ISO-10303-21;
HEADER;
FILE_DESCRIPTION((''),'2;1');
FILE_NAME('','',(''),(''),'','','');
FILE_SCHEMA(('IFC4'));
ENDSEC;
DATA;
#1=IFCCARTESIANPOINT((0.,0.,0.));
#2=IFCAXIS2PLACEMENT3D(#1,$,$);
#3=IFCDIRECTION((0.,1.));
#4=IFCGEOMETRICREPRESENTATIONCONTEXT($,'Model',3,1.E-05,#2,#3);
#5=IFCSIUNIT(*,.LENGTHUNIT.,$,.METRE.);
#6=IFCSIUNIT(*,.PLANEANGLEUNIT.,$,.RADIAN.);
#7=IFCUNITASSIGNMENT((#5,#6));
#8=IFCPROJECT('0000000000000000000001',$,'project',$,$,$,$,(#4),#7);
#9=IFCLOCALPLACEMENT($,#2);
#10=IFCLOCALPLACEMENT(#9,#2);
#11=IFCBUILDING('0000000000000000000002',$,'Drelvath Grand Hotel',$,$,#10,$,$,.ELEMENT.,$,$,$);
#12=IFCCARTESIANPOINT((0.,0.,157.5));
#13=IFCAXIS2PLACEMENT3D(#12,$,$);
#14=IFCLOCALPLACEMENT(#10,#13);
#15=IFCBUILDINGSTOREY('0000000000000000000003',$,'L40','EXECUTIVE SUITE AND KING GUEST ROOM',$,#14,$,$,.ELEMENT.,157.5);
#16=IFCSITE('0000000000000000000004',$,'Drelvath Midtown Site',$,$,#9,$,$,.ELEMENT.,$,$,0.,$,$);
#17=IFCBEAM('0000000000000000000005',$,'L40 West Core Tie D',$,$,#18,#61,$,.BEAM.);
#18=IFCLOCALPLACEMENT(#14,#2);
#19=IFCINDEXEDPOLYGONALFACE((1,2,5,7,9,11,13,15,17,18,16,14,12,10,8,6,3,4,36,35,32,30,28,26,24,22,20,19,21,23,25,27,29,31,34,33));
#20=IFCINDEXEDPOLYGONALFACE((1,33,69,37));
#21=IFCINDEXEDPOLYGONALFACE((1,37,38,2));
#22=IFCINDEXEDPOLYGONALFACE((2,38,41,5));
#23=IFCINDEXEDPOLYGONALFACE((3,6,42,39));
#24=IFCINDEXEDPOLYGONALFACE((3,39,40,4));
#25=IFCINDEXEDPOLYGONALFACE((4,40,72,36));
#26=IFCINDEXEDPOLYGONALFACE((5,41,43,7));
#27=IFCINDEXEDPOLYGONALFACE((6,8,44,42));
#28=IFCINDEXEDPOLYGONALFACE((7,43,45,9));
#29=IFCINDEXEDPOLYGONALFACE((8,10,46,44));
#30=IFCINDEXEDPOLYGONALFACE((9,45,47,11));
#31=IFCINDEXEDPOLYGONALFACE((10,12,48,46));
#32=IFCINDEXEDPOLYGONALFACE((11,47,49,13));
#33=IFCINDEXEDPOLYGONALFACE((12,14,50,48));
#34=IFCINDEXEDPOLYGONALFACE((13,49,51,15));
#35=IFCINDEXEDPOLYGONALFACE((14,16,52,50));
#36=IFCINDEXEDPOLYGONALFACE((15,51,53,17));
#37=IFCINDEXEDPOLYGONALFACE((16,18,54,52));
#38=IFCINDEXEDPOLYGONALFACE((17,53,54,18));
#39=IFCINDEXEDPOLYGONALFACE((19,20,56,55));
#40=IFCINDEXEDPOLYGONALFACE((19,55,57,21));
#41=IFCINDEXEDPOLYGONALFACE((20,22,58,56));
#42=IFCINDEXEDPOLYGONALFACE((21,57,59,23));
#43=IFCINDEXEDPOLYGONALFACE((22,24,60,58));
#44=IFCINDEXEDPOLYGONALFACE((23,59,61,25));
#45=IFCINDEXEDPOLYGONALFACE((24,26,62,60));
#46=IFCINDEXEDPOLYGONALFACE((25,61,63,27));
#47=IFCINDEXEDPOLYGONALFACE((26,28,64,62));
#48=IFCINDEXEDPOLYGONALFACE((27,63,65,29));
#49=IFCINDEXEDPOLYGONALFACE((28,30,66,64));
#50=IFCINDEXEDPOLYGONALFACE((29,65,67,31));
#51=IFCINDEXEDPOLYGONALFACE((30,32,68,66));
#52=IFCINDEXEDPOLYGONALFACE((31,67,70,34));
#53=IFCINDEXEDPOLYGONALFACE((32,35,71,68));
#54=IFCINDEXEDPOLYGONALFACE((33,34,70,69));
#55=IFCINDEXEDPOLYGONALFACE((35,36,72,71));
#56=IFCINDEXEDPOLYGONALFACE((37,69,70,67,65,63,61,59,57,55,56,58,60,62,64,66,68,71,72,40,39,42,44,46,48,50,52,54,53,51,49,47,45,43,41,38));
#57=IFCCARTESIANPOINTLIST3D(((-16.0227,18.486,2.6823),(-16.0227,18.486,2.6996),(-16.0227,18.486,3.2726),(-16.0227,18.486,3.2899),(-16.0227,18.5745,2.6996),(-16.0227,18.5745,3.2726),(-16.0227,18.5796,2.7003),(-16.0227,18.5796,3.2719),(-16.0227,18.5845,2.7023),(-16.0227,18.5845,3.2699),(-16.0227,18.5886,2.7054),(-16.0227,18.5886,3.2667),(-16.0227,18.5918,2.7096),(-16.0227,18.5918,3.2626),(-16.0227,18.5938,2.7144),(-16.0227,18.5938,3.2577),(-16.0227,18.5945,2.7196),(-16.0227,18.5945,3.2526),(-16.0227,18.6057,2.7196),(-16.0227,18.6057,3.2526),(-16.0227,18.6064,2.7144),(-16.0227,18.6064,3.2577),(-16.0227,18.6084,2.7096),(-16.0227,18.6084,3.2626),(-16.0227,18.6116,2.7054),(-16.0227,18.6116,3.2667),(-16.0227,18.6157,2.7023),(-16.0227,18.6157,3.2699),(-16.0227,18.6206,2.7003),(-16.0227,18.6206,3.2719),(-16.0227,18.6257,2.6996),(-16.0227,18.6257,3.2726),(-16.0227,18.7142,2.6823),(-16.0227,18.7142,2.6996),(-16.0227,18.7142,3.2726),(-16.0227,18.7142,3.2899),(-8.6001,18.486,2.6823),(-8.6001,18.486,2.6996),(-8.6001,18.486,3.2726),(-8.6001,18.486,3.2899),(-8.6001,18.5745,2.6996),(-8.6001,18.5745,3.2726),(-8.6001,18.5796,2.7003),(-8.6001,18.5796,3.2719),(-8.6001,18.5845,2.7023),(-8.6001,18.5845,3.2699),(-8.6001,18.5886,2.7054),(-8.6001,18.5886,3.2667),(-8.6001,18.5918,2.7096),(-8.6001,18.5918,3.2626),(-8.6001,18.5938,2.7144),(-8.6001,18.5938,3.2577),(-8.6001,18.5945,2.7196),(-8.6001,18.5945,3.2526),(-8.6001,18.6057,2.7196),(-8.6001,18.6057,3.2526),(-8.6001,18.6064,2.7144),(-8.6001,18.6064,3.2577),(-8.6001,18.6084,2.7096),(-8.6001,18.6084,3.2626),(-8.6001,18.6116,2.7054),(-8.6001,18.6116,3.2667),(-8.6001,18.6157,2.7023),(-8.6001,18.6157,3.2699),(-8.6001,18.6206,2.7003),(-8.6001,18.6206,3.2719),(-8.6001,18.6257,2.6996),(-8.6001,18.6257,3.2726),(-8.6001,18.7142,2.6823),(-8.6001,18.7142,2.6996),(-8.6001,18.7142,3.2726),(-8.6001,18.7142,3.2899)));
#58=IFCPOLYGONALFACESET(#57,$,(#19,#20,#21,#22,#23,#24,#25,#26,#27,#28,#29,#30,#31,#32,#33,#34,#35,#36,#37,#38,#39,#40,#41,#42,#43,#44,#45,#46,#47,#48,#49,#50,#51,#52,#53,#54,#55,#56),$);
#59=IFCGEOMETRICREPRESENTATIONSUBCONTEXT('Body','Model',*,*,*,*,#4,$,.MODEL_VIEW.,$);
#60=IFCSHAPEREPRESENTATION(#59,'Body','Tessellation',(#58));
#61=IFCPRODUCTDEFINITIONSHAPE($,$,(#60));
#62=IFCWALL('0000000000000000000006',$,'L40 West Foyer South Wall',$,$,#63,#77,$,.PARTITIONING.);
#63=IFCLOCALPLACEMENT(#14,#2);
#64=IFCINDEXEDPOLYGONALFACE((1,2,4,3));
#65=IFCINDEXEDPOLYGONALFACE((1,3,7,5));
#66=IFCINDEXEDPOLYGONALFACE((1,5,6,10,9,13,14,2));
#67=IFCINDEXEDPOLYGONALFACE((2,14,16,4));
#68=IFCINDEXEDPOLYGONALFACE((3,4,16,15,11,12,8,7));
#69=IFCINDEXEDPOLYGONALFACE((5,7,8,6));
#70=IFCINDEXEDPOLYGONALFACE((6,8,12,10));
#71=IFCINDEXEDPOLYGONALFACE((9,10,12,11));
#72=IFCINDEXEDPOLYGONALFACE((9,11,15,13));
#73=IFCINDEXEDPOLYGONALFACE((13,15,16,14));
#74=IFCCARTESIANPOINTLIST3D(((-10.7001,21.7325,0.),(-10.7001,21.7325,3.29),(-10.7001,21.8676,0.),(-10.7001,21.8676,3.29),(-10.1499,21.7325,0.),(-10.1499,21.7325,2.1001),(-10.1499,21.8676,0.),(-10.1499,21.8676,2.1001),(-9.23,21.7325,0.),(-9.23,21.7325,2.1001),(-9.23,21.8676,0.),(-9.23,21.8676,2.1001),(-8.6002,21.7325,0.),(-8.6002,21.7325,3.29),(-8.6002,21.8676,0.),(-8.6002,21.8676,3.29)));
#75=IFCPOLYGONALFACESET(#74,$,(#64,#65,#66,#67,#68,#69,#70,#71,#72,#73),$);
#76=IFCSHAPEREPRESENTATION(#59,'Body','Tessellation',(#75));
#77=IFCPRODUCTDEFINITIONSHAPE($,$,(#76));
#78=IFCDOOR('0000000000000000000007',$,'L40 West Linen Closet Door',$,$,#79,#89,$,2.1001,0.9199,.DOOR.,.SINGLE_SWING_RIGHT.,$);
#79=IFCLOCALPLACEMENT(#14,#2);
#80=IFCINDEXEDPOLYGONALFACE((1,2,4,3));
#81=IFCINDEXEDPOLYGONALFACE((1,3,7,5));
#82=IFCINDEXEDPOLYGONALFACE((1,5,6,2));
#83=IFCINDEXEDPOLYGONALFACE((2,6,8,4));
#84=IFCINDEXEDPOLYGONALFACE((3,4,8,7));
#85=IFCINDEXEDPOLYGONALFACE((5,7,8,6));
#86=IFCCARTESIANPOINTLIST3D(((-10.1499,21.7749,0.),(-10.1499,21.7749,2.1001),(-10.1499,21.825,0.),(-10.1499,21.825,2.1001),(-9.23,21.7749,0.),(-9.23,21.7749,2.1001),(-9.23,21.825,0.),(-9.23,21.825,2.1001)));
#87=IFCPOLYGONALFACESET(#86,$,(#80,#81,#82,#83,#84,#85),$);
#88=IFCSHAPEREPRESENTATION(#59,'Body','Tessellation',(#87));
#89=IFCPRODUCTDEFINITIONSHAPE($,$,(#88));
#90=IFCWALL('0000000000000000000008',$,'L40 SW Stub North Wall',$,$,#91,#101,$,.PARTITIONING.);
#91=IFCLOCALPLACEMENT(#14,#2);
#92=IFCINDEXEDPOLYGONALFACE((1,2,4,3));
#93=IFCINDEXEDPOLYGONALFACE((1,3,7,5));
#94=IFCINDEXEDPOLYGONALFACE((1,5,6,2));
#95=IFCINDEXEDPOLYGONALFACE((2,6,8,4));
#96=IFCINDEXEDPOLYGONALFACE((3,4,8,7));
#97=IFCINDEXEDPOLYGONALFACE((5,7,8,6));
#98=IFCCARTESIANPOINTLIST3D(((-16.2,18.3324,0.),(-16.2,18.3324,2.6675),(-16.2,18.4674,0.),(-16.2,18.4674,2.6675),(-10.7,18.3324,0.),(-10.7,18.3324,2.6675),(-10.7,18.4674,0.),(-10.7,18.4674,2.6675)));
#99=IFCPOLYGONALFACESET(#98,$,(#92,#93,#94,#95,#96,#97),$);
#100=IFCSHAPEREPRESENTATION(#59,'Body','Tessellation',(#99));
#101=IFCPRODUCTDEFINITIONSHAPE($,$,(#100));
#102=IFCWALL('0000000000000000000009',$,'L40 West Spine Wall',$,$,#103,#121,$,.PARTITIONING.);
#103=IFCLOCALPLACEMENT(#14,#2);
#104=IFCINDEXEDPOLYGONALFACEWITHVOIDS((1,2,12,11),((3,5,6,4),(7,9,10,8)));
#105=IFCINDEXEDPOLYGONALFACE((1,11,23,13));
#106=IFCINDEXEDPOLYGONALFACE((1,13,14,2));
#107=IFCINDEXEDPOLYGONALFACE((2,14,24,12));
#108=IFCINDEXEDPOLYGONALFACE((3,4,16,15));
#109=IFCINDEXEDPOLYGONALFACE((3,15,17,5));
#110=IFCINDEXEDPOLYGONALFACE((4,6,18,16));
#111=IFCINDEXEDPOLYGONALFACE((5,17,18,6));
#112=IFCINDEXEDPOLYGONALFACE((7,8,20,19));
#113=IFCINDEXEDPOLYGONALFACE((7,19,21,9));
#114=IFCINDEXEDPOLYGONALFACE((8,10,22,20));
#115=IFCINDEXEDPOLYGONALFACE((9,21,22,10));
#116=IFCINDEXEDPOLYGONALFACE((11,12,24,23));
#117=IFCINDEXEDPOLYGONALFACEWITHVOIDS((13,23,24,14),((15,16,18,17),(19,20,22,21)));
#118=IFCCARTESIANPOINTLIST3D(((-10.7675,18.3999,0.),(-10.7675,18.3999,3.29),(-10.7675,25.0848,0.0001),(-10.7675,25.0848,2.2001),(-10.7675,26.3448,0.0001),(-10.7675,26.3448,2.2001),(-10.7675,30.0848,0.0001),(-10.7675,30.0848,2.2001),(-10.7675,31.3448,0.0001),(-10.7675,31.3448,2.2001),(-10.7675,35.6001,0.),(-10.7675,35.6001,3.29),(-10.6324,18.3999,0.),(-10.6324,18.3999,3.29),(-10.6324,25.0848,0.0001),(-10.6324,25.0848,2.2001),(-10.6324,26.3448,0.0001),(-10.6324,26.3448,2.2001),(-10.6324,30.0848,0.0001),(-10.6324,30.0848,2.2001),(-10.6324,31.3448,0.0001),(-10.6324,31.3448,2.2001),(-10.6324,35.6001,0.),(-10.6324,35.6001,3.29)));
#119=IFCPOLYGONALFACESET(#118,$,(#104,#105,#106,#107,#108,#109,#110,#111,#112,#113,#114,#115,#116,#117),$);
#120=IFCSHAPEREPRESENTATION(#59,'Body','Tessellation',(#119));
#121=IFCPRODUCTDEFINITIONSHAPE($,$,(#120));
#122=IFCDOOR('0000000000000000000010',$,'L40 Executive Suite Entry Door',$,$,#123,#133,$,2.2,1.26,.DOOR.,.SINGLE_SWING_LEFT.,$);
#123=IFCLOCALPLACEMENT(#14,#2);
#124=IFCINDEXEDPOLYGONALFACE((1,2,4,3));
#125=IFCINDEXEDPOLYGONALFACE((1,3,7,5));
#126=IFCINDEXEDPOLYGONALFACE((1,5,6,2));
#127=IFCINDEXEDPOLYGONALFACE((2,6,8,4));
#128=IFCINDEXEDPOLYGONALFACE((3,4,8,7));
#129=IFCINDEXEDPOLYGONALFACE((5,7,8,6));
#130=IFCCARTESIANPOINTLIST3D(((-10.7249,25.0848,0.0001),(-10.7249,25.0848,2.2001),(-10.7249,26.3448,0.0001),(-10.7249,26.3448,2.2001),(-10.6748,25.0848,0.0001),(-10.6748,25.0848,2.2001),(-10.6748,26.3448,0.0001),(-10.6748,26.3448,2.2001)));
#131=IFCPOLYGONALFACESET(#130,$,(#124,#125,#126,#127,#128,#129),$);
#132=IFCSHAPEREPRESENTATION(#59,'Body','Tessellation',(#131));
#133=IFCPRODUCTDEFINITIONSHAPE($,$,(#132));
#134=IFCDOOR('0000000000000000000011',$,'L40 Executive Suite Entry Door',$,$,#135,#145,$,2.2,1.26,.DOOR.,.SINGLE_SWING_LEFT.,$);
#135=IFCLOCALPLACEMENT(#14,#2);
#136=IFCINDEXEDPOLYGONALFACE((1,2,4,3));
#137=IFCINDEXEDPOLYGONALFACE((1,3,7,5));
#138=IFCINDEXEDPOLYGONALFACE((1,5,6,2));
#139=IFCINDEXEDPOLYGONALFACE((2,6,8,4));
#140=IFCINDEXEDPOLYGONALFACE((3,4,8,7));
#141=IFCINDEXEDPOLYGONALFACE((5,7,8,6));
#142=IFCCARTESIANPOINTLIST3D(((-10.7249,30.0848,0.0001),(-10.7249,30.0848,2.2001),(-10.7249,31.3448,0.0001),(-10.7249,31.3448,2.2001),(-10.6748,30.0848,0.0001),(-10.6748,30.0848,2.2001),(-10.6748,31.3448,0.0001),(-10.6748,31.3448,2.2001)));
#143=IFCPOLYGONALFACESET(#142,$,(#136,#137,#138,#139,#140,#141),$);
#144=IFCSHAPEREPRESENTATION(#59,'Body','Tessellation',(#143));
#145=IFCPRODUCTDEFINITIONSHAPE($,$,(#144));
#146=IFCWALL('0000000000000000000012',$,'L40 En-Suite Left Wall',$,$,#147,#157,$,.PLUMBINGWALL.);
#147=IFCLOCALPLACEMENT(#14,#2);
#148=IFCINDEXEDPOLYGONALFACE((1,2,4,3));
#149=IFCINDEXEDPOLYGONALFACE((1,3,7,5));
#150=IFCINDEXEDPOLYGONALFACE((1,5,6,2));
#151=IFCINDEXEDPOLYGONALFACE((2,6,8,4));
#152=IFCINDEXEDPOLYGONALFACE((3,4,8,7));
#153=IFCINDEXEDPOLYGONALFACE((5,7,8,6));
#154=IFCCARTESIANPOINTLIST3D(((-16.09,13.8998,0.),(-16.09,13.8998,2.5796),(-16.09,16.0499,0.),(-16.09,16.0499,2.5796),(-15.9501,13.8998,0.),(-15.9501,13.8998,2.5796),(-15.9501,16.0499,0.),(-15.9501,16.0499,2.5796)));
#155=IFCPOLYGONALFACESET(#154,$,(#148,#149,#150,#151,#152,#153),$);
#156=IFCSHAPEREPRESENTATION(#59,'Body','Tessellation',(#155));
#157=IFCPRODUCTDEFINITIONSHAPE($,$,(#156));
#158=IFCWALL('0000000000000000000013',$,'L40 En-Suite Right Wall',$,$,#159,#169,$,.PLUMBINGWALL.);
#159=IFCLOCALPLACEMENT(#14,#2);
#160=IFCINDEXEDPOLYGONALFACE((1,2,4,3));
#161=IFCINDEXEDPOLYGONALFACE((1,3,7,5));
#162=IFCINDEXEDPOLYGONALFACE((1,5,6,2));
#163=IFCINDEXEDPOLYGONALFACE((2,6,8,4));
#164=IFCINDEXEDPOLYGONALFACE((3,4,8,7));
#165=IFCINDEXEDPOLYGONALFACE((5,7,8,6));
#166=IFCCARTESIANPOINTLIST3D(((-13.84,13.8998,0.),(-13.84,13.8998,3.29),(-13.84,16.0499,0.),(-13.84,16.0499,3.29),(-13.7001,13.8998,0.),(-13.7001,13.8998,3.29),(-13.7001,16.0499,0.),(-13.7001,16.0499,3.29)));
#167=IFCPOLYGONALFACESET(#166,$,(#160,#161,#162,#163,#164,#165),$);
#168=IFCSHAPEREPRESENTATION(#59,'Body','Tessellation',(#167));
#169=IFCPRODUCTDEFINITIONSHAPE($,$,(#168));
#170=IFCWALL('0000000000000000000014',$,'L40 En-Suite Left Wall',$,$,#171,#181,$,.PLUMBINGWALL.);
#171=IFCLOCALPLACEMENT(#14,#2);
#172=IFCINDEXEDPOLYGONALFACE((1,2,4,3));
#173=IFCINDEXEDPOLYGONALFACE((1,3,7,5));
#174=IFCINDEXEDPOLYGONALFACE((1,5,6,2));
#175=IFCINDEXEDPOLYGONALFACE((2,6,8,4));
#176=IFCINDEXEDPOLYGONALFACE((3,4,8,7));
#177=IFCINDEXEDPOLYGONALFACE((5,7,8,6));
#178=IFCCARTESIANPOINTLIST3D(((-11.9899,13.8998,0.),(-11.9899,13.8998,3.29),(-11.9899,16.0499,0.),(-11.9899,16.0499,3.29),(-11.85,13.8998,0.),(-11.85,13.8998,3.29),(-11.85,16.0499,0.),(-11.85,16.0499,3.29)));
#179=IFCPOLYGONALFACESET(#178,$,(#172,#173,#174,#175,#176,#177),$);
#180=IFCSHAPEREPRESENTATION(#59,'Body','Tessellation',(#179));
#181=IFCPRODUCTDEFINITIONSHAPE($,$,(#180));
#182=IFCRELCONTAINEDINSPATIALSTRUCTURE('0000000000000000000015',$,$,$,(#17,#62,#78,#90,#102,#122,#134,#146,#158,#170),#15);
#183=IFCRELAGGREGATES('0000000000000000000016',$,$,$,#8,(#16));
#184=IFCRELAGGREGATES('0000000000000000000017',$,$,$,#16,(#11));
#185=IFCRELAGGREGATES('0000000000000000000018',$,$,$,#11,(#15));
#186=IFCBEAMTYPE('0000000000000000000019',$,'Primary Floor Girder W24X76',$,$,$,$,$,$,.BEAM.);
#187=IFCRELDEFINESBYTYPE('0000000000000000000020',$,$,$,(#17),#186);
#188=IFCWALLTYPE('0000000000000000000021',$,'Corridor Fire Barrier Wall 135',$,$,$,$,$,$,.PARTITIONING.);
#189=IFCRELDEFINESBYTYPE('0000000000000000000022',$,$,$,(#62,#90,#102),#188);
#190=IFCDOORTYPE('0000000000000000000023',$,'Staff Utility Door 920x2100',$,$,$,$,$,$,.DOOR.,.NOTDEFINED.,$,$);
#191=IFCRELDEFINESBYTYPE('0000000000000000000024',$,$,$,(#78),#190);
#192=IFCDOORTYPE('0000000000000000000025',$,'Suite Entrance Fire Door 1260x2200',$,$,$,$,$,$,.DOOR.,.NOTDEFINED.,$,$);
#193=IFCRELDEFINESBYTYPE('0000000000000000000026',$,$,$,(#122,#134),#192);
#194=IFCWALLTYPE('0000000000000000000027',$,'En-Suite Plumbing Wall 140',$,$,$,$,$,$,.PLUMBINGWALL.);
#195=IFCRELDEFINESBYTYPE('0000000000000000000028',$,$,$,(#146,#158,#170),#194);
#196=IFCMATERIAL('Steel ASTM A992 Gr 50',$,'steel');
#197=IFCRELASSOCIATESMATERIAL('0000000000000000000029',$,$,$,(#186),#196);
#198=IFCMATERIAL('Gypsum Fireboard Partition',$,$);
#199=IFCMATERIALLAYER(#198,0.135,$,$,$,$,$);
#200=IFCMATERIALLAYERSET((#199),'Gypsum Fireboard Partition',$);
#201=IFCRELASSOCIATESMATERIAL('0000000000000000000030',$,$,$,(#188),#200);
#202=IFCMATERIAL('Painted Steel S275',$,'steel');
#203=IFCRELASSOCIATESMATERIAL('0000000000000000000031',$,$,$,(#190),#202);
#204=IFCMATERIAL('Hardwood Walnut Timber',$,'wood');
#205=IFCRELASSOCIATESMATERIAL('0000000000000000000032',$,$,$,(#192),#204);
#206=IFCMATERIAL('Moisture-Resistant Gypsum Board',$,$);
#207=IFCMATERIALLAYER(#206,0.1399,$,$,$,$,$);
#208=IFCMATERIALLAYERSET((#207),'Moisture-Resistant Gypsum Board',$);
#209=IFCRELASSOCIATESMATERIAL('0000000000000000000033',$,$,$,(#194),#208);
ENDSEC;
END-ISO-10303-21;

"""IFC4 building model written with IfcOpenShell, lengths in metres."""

from ifc_helpers import new_model, si_unit, direction, frame, frame_2d, origin, origin_2d, place, context, subcontext, project, spatial, rectangle, i_section, extrude, material, layer, layer_set, material_profile, profile_set, type_object, element, fill, save


model = new_model("IFC4")

# Units and contexts
model_context = context("Model", 3, precision=1e-05, world=origin(), true_north=direction((0.0, 1.0)))
body_context = subcontext(model_context, "Body", "Model", "MODEL_VIEW")
ifc_project = project(units=[si_unit("LENGTHUNIT", "METRE"), si_unit("PLANEANGLEUNIT", "RADIAN")], contexts=[model_context])

# Site, building, storey
site_placement = place(None, origin())
site = spatial("IfcSite", under=ifc_project, at=site_placement, Name="Drelvath Midtown Site", CompositionType="ELEMENT", RefElevation=0.0)
building_placement = place(site_placement, origin())
building = spatial("IfcBuilding", under=site, at=building_placement, Name="Drelvath Grand Hotel", CompositionType="ELEMENT")
storey_placement = place(building_placement, frame((0.0, 0.0, 157.5)))
storey = spatial("IfcBuildingStorey", under=building, at=storey_placement, Name="L40", Description="EXECUTIVE SUITE AND KING GUEST ROOM", CompositionType="ELEMENT", Elevation=157.5)

# Beam
ifc_material_1 = material(Name="Steel ASTM A992 Gr 50", Category="steel")
ifc_material_profile = material_profile(ifc_material_1, i_section(OverallWidth=0.2283, OverallDepth=0.6077, WebThickness=0.0112, FlangeThickness=0.0173, FilletRadius=0.02, at=origin_2d()), Name="W24X76")
ifc_profile_set = profile_set([ifc_material_profile], Name="Steel ASTM A992 Gr 50")
beam_type = type_object("IfcBeamType", Name="Primary Floor Girder W24X76", PredefinedType="BEAM", material=ifc_profile_set)
beam_placement = place(storey_placement, frame((-16.0227, 18.6001, 2.9861), z_axis=(1.0, 0.0, 0.0), x_axis=(0.0, 1.0, 0.0)))
element("IfcBeam", 1, at=beam_placement, inside=storey, type_object=beam_type, Name="L40 West Core Tie D", PredefinedType="BEAM", context=body_context, shape_type="SweptSolid", body=[
    extrude(i_section(OverallWidth=0.2283, OverallDepth=0.6077, WebThickness=0.0112, FlangeThickness=0.0173, FilletRadius=0.02, at=origin_2d()), origin(), (0.0, 0.0, 1.0), 7.4226),
])

# Wall, opening, door
ifc_material_2 = material(Name="Gypsum Fireboard Partition")
ifc_layer_1 = layer(ifc_material_2, 0.135)
ifc_layer_set_1 = layer_set([ifc_layer_1], Name="Gypsum Fireboard Partition")
wall_type_1 = type_object("IfcWallType", Name="Corridor Fire Barrier Wall 135", PredefinedType="PARTITIONING", material=ifc_layer_set_1)
wall_1_placement = place(storey_placement, frame((-10.7, 21.8, 0.0), z_axis=(0.0, 0.0, 1.0), x_axis=(1.0, 0.0, 0.0)))
wall_1 = element("IfcWall", 2, at=wall_1_placement, inside=storey, type_object=wall_type_1, Name="L40 West Foyer South Wall", PredefinedType="PARTITIONING", context=body_context, shape_type="SweptSolid", body=[
    extrude(rectangle(XDim=2.0999, YDim=0.135, at=frame_2d((1.0498, 0.0))), origin(), (0.0, 0.0, 1.0), 3.29),
])
opening_1_placement = place(wall_1_placement, frame((0.55, 0.0, 0.0)))
opening_1 = element("IfcOpeningElement", 3, at=opening_1_placement, cuts=wall_1, PredefinedType="OPENING", context=body_context, shape_type="SweptSolid", body=[
    extrude(rectangle(XDim=0.9199, YDim=2.1001, at=frame_2d((0.46, 1.05))), frame((0.0, 0.0774, 0.0), z_axis=(0.0, -1.0, 0.0), x_axis=(1.0, 0.0, 0.0)), (0.0, 0.0, 1.0), 0.155),
])
ifc_material_3 = material(Name="Painted Steel S275", Category="steel")
door_type_1 = type_object("IfcDoorType", Name="Staff Utility Door 920x2100", OperationType="NOTDEFINED", PredefinedType="DOOR", material=ifc_material_3)
door_1_placement = place(opening_1_placement, origin())
door_1 = element("IfcDoor", 4, at=door_1_placement, inside=storey, type_object=door_type_1, Name="L40 West Linen Closet Door", OperationType="SINGLE_SWING_RIGHT", OverallHeight=2.1001, OverallWidth=0.9199, PredefinedType="DOOR", context=body_context, shape_type="SweptSolid", body=[
    extrude(rectangle(XDim=0.9199, YDim=2.1001, at=frame_2d((0.46, 1.05))), frame((0.0, 0.0249, 0.0), z_axis=(0.0, -1.0, 0.0), x_axis=(1.0, 0.0, 0.0)), (0.0, 0.0, 1.0), 0.05),
])
fill(opening_1, door_1)

# Wall
wall_2_placement = place(storey_placement, frame((-16.2, 18.3999, 0.0), z_axis=(0.0, 0.0, 1.0), x_axis=(1.0, 0.0, 0.0)))
element("IfcWall", 5, at=wall_2_placement, inside=storey, type_object=wall_type_1, Name="L40 SW Stub North Wall", PredefinedType="PARTITIONING", context=body_context, shape_type="SweptSolid", body=[
    extrude(rectangle(XDim=5.5, YDim=0.135, at=frame_2d((2.75, 0.0))), origin(), (0.0, 0.0, 1.0), 2.6675),
])

# Wall, openings, doors
wall_3_placement = place(storey_placement, frame((-10.7, 18.3999, 0.0), z_axis=(0.0, 0.0, 1.0), x_axis=(0.0, 1.0, 0.0)))
wall_3 = element("IfcWall", 6, at=wall_3_placement, inside=storey, type_object=wall_type_1, Name="L40 West Spine Wall", PredefinedType="PARTITIONING", context=body_context, shape_type="SweptSolid", body=[
    extrude(rectangle(XDim=17.2002, YDim=0.135, at=frame_2d((8.6001, 0.0))), origin(), (0.0, 0.0, 1.0), 3.29),
])
opening_2_placement = place(wall_3_placement, frame((6.6851, 0.0, 0.0)))
opening_2 = element("IfcOpeningElement", 7, at=opening_2_placement, cuts=wall_3, PredefinedType="OPENING", context=body_context, shape_type="SweptSolid", body=[
    extrude(rectangle(XDim=1.26, YDim=2.2, at=frame_2d((0.6299, 1.1001))), frame((0.0, 0.0774, 0.0), z_axis=(0.0, -1.0, 0.0), x_axis=(1.0, 0.0, 0.0)), (0.0, 0.0, 1.0), 0.155),
])
opening_3_placement = place(wall_3_placement, frame((11.6851, 0.0, 0.0)))
opening_3 = element("IfcOpeningElement", 8, at=opening_3_placement, cuts=wall_3, PredefinedType="OPENING", context=body_context, shape_type="SweptSolid", body=[
    extrude(rectangle(XDim=1.26, YDim=2.2, at=frame_2d((0.6299, 1.1001))), frame((0.0, 0.0774, 0.0), z_axis=(0.0, -1.0, 0.0), x_axis=(1.0, 0.0, 0.0)), (0.0, 0.0, 1.0), 0.155),
])
ifc_material_4 = material(Name="Hardwood Walnut Timber", Category="wood")
door_type_2 = type_object("IfcDoorType", Name="Suite Entrance Fire Door 1260x2200", OperationType="NOTDEFINED", PredefinedType="DOOR", material=ifc_material_4)
door_2_placement = place(opening_2_placement, origin())
door_2 = element("IfcDoor", 9, at=door_2_placement, inside=storey, type_object=door_type_2, Name="L40 Executive Suite Entry Door", OperationType="SINGLE_SWING_LEFT", OverallHeight=2.2, OverallWidth=1.26, PredefinedType="DOOR", context=body_context, shape_type="SweptSolid", body=[
    extrude(rectangle(XDim=1.26, YDim=2.2, at=frame_2d((0.6299, 1.1001))), frame((0.0, 0.0249, 0.0), z_axis=(0.0, -1.0, 0.0), x_axis=(1.0, 0.0, 0.0)), (0.0, 0.0, 1.0), 0.05),
])
fill(opening_2, door_2)
door_3_placement = place(opening_3_placement, origin())
door_3 = element("IfcDoor", 10, at=door_3_placement, inside=storey, type_object=door_type_2, Name="L40 Executive Suite Entry Door", OperationType="SINGLE_SWING_LEFT", OverallHeight=2.2, OverallWidth=1.26, PredefinedType="DOOR", context=body_context, shape_type="SweptSolid", body=[
    extrude(rectangle(XDim=1.26, YDim=2.2, at=frame_2d((0.6299, 1.1001))), frame((0.0, 0.0249, 0.0), z_axis=(0.0, -1.0, 0.0), x_axis=(1.0, 0.0, 0.0)), (0.0, 0.0, 1.0), 0.05),
])
fill(opening_3, door_3)

# Walls
ifc_material_5 = material(Name="Moisture-Resistant Gypsum Board")
ifc_layer_2 = layer(ifc_material_5, 0.1399)
ifc_layer_set_2 = layer_set([ifc_layer_2], Name="Moisture-Resistant Gypsum Board")
wall_type_2 = type_object("IfcWallType", Name="En-Suite Plumbing Wall 140", PredefinedType="PLUMBINGWALL", material=ifc_layer_set_2)
wall_4_placement = place(storey_placement, frame((-16.02, 16.05, 0.0), z_axis=(0.0, 0.0, 1.0), x_axis=(0.0, -1.0, 0.0)))
element("IfcWall", 11, at=wall_4_placement, inside=storey, type_object=wall_type_2, Name="L40 En-Suite Left Wall", PredefinedType="PLUMBINGWALL", context=body_context, shape_type="SweptSolid", body=[
    extrude(rectangle(XDim=2.1501, YDim=0.1399, at=frame_2d((1.0752, 0.0))), origin(), (0.0, 0.0, 1.0), 2.5796),
])
for number, where, z_axis, x_axis, name in (
    (12, (-13.77, 16.05, 0.0), (0.0, 0.0, 1.0), (0.0, -1.0, 0.0), "L40 En-Suite Right Wall"),
    (13, (-11.9199, 16.05, 0.0), (0.0, 0.0, 1.0), (0.0, -1.0, 0.0), "L40 En-Suite Left Wall"),
):
    element("IfcWall", number, at=place(storey_placement, frame(where, z_axis=z_axis, x_axis=x_axis)), inside=storey, type_object=wall_type_2, Name=name, PredefinedType="PLUMBINGWALL", context=body_context, shape_type="SweptSolid", body=[
        extrude(rectangle(XDim=2.1501, YDim=0.1399, at=frame_2d((1.0752, 0.0))), origin(), (0.0, 0.0, 1.0), 3.29),
    ])

save(model, "model.ifc")
